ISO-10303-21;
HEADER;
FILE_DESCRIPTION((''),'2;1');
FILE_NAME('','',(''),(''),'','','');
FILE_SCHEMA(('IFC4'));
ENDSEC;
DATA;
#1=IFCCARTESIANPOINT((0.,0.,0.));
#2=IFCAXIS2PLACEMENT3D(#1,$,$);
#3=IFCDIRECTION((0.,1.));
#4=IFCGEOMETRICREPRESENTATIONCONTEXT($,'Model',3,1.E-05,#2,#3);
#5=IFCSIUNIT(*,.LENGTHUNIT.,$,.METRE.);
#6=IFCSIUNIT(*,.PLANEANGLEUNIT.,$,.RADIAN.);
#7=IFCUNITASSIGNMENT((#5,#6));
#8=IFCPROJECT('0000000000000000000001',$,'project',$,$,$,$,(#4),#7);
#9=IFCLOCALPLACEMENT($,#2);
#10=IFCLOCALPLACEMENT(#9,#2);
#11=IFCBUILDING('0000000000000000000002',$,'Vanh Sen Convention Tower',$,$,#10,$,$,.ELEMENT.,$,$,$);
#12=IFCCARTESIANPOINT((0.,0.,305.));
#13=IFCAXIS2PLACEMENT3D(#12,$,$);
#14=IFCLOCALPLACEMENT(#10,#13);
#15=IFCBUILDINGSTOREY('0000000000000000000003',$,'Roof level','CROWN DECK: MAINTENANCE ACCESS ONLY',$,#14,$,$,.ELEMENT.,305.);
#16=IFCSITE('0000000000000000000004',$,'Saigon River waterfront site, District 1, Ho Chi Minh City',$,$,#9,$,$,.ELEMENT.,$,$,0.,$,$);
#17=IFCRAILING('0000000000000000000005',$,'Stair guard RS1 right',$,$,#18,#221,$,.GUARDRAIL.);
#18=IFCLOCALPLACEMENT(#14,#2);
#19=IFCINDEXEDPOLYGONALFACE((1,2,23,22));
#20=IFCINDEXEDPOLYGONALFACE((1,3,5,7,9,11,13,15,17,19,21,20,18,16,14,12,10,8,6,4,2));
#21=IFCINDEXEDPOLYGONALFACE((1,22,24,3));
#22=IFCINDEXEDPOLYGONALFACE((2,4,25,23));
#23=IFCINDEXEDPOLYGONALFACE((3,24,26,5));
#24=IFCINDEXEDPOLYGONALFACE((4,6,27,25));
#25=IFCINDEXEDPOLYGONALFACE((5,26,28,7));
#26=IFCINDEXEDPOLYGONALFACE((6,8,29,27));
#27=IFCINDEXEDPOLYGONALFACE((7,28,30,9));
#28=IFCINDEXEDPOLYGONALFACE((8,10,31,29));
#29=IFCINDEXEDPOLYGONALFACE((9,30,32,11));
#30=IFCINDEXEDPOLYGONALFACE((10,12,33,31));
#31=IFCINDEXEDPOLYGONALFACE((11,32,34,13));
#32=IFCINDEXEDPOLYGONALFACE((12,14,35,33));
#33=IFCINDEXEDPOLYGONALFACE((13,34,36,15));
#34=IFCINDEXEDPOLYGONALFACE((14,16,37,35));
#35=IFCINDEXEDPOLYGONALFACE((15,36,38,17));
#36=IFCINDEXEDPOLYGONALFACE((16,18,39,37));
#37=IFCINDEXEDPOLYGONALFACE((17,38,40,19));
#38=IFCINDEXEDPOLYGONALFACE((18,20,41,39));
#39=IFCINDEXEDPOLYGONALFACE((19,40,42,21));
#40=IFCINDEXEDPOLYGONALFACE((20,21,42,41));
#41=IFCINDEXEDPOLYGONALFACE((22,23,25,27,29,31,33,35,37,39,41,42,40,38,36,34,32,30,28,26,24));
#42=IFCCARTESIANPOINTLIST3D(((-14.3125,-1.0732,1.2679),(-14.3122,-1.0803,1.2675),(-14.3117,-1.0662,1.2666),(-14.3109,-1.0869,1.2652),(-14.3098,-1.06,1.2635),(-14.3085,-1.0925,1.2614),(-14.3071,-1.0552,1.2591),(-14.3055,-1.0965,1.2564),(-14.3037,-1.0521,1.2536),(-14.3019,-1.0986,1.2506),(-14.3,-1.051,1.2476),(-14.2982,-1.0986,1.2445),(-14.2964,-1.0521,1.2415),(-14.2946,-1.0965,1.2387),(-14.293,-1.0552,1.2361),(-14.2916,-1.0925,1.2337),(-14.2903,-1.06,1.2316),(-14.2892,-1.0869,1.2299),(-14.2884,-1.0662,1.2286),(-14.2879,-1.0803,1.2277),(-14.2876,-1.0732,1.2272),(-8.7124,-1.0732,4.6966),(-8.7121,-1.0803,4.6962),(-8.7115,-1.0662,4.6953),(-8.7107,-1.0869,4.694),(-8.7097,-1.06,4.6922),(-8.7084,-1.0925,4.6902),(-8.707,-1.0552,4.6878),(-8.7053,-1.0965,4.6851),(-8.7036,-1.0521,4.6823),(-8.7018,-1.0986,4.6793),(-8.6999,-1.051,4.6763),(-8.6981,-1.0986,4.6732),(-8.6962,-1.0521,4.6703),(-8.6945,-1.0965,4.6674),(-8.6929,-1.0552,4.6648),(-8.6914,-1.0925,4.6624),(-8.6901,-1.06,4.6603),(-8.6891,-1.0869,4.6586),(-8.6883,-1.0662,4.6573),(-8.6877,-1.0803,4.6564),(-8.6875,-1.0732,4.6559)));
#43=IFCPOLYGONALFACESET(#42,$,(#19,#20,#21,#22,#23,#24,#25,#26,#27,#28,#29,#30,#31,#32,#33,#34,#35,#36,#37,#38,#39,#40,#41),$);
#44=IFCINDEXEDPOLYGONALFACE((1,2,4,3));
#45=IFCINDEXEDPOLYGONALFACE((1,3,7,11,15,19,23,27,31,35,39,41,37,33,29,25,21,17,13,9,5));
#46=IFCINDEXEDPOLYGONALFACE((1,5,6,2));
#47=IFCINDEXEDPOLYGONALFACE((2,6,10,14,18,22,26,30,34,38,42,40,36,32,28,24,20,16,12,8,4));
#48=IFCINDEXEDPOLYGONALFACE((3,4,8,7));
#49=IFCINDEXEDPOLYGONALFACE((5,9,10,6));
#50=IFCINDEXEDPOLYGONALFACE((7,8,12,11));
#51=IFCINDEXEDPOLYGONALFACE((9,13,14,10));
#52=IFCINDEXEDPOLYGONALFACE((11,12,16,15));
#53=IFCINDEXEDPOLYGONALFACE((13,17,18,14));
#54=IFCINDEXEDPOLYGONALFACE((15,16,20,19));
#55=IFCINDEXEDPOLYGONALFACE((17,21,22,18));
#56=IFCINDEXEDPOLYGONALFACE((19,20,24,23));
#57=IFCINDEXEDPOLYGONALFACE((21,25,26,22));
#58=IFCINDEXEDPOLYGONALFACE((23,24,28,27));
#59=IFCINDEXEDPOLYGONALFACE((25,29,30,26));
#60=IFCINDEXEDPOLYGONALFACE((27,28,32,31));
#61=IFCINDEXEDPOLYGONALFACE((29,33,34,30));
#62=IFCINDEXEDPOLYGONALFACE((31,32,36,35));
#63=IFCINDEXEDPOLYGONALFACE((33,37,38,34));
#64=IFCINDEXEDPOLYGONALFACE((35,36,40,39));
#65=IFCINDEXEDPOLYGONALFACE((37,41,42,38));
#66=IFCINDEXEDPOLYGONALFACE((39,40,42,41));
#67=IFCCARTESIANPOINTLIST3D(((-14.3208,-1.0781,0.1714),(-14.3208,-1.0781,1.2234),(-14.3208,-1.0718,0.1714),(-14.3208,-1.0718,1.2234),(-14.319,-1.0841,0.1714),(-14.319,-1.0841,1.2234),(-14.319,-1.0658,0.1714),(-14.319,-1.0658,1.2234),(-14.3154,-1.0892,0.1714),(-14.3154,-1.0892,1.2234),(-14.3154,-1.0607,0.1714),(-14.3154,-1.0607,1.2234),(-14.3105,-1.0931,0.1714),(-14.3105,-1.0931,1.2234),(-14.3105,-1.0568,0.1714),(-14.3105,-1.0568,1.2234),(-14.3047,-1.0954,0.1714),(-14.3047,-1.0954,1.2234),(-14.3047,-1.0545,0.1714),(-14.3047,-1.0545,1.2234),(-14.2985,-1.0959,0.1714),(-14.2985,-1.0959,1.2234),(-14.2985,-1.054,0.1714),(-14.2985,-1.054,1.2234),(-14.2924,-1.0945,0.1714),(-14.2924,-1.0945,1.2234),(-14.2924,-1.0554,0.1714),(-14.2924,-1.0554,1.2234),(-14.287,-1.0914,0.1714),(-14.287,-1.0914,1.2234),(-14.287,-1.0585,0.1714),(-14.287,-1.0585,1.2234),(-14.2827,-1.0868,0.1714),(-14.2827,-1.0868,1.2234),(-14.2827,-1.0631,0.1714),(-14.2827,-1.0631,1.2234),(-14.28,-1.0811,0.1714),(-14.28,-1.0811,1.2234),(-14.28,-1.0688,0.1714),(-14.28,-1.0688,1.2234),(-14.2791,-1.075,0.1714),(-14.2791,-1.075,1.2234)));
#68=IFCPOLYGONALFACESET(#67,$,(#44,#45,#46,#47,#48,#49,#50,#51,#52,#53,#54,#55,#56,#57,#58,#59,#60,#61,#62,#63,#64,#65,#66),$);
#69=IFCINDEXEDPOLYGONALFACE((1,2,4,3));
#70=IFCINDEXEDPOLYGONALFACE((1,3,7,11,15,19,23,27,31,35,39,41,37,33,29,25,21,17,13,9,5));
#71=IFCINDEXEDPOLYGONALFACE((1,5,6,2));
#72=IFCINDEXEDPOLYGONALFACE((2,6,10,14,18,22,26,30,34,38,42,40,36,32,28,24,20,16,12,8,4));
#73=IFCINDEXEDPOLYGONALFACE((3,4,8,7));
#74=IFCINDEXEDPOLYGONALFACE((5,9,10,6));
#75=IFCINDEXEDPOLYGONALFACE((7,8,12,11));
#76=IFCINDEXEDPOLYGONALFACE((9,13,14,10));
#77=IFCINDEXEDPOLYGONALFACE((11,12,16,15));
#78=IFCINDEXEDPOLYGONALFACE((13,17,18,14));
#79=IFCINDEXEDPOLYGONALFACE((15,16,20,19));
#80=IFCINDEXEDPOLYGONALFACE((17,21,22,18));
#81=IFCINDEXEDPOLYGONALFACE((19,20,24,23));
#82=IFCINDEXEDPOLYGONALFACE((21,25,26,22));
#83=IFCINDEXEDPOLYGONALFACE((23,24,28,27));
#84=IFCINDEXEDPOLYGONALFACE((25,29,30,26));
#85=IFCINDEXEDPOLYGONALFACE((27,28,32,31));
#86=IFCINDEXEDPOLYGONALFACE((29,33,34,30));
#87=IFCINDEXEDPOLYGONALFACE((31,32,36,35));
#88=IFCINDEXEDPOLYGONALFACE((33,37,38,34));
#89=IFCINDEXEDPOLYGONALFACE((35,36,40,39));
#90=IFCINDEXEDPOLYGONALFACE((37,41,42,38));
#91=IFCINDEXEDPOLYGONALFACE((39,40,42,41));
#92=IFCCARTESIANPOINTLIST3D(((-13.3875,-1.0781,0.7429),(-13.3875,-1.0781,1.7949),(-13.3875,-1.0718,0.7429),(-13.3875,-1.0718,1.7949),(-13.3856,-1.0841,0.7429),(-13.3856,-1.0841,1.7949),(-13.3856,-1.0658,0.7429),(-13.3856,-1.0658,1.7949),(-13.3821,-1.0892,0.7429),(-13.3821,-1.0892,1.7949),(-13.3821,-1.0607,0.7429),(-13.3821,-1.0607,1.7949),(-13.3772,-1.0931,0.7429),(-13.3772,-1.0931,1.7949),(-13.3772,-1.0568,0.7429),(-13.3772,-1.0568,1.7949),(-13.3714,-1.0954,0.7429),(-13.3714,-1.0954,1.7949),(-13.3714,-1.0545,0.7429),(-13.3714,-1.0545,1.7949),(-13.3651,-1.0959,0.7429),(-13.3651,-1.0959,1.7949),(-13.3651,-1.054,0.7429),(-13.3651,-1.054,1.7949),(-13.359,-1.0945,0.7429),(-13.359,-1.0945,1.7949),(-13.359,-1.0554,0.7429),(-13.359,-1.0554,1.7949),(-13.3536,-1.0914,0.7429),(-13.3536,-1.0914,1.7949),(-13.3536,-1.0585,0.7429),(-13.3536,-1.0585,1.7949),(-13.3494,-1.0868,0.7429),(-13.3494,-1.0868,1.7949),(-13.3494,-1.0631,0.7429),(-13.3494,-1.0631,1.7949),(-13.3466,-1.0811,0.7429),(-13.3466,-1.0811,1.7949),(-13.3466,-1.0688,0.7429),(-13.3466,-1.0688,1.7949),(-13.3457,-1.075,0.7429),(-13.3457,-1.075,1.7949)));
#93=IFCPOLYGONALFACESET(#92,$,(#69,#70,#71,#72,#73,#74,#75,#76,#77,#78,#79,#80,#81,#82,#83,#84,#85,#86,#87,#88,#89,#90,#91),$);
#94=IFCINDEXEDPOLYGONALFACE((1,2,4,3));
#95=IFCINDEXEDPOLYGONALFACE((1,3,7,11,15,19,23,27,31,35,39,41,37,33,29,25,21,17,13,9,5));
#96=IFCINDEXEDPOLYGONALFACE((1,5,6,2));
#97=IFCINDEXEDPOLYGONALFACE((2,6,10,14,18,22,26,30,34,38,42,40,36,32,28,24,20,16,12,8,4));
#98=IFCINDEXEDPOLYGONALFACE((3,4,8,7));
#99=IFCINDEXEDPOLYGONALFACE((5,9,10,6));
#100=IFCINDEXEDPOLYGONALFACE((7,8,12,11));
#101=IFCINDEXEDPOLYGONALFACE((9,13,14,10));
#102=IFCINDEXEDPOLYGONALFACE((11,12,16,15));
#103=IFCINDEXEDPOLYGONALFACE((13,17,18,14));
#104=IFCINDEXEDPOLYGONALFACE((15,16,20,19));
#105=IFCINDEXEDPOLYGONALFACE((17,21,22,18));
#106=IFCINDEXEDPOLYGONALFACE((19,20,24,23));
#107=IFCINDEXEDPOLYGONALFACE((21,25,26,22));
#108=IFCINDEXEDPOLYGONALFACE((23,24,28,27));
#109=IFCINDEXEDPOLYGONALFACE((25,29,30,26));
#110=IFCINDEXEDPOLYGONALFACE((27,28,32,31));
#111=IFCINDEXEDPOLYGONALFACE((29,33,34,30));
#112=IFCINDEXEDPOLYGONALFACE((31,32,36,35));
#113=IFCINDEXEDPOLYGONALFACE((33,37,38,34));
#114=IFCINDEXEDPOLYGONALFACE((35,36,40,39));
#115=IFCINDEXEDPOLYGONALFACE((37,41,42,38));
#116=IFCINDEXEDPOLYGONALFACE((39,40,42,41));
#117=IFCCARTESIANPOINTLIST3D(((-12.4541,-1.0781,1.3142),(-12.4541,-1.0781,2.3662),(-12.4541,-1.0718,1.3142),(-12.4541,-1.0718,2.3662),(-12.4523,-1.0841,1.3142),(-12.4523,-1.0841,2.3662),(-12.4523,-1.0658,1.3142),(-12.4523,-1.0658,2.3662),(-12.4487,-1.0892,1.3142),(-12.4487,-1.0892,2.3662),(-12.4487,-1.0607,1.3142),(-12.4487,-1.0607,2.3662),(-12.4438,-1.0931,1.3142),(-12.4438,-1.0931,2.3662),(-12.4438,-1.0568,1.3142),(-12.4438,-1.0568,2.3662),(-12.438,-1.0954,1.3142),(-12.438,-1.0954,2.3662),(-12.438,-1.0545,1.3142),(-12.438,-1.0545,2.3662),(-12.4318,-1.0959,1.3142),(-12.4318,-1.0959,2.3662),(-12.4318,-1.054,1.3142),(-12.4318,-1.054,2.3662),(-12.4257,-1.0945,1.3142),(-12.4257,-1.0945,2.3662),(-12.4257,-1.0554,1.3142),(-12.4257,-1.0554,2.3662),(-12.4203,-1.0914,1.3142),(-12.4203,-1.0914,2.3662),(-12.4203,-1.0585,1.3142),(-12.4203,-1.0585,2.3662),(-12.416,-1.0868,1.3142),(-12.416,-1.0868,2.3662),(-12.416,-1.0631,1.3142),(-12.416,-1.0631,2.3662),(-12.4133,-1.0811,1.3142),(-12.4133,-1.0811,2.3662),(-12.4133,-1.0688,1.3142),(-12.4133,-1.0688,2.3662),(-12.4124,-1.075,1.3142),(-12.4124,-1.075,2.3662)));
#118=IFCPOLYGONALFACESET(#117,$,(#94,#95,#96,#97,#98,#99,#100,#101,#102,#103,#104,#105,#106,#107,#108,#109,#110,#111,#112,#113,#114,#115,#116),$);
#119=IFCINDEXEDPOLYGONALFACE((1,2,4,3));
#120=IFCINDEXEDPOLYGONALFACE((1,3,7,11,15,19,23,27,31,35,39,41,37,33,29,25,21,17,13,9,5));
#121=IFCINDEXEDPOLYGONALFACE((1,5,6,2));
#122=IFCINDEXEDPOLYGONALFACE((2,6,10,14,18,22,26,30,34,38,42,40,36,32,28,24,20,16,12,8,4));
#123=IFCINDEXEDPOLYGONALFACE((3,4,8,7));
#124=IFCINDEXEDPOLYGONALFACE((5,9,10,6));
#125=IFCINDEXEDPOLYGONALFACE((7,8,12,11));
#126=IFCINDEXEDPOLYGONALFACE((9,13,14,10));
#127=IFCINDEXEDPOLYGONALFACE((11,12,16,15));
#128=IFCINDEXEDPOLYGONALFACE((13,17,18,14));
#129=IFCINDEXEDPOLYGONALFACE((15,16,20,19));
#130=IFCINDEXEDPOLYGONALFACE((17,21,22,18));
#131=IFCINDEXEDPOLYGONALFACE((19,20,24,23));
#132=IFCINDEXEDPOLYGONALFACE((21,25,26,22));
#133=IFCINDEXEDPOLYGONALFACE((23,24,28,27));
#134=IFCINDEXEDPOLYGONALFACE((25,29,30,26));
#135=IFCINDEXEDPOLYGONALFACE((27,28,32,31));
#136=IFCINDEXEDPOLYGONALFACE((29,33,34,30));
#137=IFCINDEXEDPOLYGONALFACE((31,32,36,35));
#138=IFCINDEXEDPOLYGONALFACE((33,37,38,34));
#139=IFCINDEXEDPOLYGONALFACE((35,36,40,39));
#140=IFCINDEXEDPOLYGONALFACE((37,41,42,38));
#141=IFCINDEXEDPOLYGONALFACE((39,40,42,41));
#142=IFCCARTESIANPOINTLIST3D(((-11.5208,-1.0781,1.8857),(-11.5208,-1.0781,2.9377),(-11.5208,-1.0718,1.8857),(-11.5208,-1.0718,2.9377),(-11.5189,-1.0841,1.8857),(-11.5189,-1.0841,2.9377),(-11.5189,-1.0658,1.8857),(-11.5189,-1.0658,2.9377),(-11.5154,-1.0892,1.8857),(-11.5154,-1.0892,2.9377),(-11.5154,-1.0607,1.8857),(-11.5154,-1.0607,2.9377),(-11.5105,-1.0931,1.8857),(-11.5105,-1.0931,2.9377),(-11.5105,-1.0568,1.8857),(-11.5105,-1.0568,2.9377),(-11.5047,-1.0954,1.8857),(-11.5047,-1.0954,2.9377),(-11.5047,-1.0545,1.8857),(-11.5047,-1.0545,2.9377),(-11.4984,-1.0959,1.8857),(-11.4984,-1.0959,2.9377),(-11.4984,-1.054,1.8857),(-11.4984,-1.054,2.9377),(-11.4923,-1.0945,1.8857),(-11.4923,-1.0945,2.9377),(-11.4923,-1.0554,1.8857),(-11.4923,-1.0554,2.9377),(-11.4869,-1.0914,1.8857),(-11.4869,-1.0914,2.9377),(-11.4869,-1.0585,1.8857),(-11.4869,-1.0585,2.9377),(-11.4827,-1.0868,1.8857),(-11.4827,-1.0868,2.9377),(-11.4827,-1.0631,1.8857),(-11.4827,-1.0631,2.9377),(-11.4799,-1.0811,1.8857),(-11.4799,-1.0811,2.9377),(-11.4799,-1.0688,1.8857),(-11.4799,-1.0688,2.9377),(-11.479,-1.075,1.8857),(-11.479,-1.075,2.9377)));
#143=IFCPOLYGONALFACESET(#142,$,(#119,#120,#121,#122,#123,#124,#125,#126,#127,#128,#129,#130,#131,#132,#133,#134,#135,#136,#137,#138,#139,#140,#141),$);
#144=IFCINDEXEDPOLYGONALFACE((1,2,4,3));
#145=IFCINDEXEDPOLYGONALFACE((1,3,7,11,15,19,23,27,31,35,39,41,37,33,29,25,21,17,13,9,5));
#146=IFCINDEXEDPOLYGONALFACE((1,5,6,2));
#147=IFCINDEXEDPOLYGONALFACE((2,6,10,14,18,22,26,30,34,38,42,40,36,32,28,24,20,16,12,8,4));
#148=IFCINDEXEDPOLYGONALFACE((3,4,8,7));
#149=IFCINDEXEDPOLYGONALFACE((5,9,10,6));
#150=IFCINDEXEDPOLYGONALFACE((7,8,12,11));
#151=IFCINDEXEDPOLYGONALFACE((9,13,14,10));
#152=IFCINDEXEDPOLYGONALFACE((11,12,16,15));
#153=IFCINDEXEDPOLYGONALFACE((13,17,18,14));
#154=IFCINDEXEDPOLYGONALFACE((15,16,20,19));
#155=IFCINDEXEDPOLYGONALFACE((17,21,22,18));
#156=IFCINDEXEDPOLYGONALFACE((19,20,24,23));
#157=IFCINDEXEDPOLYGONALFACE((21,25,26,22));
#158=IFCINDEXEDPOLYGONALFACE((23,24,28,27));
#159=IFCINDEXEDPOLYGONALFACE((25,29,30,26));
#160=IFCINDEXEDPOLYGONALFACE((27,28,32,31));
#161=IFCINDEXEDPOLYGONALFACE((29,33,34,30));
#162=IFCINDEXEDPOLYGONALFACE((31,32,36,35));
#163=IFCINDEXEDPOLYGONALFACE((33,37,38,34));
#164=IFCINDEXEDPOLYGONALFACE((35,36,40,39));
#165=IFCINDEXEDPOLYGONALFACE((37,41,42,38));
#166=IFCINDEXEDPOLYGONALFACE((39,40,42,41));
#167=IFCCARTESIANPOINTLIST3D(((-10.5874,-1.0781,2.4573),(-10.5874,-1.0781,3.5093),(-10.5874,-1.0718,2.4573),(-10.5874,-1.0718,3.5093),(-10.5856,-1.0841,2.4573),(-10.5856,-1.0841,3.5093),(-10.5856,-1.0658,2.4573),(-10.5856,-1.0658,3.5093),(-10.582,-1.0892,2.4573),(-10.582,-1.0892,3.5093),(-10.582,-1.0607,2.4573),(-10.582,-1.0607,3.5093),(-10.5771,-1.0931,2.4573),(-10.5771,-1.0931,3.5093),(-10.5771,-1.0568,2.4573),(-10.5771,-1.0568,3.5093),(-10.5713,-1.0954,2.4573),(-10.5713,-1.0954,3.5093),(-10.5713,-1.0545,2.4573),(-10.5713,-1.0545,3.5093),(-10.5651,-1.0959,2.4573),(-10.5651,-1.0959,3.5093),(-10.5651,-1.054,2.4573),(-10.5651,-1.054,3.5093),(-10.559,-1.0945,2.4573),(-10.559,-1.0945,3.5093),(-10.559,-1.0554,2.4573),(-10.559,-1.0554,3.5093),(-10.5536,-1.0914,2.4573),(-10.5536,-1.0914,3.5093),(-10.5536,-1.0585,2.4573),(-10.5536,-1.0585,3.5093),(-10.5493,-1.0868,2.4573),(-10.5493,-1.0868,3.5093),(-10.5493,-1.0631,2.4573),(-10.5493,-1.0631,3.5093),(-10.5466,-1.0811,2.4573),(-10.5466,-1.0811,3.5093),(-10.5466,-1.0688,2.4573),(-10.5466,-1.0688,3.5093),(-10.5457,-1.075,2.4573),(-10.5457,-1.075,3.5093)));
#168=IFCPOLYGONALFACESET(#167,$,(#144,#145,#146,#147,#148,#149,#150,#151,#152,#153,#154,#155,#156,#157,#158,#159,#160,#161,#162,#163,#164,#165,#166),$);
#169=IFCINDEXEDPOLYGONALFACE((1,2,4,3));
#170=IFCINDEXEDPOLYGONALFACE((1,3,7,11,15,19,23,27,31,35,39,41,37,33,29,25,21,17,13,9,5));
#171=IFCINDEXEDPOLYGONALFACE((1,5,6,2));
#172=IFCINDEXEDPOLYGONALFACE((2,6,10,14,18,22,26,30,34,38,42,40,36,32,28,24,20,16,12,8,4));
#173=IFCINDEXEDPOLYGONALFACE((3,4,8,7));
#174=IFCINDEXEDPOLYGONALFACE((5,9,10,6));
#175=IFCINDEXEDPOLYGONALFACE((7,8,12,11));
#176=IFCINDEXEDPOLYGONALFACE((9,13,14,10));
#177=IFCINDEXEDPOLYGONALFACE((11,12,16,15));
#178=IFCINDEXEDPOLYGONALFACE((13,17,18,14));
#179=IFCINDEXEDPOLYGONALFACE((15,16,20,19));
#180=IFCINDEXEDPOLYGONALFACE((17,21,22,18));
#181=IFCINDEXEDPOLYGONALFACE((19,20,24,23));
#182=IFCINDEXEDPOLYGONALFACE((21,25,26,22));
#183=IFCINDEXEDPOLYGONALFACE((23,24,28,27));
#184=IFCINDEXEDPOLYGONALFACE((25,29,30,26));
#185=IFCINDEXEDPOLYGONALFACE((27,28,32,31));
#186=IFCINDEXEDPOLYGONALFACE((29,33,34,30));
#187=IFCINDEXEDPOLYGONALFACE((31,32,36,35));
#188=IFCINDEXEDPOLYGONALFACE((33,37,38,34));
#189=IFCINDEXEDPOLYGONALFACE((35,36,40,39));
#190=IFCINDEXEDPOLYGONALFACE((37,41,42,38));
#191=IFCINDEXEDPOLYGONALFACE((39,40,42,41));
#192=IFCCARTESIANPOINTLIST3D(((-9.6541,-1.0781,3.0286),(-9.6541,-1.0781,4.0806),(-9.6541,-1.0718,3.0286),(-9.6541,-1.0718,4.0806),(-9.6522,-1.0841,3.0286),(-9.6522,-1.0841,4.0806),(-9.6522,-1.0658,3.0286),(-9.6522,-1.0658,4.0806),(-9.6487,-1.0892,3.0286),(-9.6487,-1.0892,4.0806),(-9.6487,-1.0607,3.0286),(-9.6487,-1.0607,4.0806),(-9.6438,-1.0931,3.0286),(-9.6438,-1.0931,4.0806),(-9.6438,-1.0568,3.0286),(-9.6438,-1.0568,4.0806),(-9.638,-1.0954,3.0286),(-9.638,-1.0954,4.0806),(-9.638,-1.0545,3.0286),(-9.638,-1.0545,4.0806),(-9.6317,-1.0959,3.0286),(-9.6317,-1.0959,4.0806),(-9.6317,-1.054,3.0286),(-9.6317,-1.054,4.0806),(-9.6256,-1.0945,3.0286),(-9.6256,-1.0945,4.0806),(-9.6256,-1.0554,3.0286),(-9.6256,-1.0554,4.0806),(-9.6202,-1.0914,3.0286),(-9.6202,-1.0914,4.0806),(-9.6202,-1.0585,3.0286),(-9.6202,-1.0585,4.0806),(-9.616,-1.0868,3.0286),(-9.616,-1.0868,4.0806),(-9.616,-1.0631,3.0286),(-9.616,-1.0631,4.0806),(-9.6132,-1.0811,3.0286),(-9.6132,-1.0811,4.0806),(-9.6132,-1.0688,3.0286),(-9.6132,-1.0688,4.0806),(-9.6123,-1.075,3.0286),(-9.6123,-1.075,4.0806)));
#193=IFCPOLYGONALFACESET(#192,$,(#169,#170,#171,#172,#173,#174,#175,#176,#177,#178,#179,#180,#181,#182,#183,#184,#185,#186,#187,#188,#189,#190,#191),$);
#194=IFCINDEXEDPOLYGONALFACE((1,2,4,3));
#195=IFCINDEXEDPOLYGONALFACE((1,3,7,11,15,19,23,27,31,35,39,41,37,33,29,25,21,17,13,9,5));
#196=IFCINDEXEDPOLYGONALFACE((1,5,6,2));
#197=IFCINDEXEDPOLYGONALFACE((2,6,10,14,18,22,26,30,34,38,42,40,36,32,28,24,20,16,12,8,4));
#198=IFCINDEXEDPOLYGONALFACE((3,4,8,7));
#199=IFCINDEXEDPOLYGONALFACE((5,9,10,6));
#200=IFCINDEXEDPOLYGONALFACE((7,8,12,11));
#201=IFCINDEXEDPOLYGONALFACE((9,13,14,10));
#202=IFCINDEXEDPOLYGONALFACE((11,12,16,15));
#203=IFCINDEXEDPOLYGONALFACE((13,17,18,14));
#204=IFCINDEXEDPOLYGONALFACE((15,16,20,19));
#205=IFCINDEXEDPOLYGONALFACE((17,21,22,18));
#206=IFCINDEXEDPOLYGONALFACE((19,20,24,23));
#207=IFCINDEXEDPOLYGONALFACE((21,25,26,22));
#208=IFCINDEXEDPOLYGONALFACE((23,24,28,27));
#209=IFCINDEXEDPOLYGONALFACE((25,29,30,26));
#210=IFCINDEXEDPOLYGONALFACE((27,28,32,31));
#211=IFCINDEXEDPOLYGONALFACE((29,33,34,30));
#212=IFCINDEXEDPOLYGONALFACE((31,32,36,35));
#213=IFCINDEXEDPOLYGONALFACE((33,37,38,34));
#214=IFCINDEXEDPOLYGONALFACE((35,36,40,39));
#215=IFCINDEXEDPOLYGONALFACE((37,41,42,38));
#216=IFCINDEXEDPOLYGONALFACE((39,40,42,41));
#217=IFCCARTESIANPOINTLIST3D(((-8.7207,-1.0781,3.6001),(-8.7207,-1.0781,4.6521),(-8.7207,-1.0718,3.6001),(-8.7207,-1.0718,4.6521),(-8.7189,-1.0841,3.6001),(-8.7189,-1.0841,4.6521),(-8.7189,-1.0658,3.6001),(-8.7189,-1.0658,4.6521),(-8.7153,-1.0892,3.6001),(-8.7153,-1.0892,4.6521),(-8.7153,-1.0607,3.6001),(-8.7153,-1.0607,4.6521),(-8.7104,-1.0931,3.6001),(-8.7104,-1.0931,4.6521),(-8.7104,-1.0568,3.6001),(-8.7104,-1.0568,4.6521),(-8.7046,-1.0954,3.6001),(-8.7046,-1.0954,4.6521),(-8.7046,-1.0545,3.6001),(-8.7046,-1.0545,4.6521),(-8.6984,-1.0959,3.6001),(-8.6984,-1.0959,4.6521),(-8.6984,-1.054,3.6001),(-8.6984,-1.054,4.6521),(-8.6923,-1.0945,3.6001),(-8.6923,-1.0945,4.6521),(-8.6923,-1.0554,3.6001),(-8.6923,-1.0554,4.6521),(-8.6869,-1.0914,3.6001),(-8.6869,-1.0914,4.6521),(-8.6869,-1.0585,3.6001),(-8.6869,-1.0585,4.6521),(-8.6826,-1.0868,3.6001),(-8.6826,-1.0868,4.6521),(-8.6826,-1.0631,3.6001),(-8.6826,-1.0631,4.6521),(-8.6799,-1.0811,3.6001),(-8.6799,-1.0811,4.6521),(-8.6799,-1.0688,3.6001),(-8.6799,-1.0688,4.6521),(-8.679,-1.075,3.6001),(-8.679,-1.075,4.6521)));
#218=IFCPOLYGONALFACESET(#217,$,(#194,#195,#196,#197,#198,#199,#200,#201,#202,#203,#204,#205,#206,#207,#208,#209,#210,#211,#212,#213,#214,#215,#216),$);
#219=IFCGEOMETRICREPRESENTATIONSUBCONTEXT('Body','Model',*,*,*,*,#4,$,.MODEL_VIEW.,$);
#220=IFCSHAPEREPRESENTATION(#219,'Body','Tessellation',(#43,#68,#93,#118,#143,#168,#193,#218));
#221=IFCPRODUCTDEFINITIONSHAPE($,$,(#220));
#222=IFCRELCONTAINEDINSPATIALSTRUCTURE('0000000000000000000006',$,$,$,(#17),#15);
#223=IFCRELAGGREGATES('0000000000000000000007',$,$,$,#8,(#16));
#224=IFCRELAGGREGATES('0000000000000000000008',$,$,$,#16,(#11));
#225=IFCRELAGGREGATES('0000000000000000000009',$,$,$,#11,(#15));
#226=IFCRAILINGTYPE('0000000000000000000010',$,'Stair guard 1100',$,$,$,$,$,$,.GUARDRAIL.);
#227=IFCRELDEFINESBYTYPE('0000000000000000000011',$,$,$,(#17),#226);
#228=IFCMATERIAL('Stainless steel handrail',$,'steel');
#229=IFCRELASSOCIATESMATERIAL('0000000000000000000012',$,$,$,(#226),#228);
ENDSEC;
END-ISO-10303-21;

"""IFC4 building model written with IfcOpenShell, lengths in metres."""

from ifc_helpers import new_model, si_unit, direction, frame, origin, origin_2d, place, context, subcontext, project, spatial, circle, extrude, material, type_object, element, save


model = new_model("IFC4")

# Units and contexts
model_context = context("Model", 3, precision=1e-05, world=origin(), true_north=direction((0.0, 1.0)))
body_context = subcontext(model_context, "Body", "Model", "MODEL_VIEW")
ifc_project = project(units=[si_unit("LENGTHUNIT", "METRE"), si_unit("PLANEANGLEUNIT", "RADIAN")], contexts=[model_context])

# Site, building, storey
site_placement = place(None, origin())
site = spatial("IfcSite", under=ifc_project, at=site_placement, Name="Saigon River waterfront site, District 1, Ho Chi Minh City", CompositionType="ELEMENT", RefElevation=0.0)
building_placement = place(site_placement, origin())
building = spatial("IfcBuilding", under=site, at=building_placement, Name="Vanh Sen Convention Tower", CompositionType="ELEMENT")
storey_placement = place(building_placement, frame((0.0, 0.0, 305.0)))
storey = spatial("IfcBuildingStorey", under=building, at=storey_placement, Name="Roof level", Description="CROWN DECK: MAINTENANCE ACCESS ONLY", CompositionType="ELEMENT", Elevation=305.0)

# Railing
ifc_material_1 = material(Name="Stainless steel handrail", Category="steel")
railing_type_1 = type_object("IfcRailingType", Name="Stair guard 1100", PredefinedType="GUARDRAIL", material=ifc_material_1)
railing_1_placement = place(storey_placement, frame((-14.3, -1.075, 0.1714)))
element("IfcRailing", 1, at=railing_1_placement, inside=storey, type_object=railing_type_1, Name="Stair guard RS1 right", PredefinedType="GUARDRAIL", context=body_context, shape_type="SweptSolid", body=[
    extrude(circle(Radius=0.0239, at=origin_2d()), frame((0.0, 0.0, 1.0762), z_axis=(0.852846, 0.0, 0.522163), x_axis=(0.0, 1.0, 0.0)), (0.0, 0.0, 1.0), 6.5664),
    extrude(circle(Radius=0.021, at=origin_2d()), origin(), (0.0, 0.0, 1.0), 1.052),
    extrude(circle(Radius=0.021, at=origin_2d()), frame((0.9333, 0.0, 0.5715)), (0.0, 0.0, 1.0), 1.052),
    extrude(circle(Radius=0.021, at=origin_2d()), frame((1.8667, 0.0, 1.1428)), (0.0, 0.0, 1.0), 1.052),
    extrude(circle(Radius=0.021, at=origin_2d()), frame((2.8, 0.0, 1.7144)), (0.0, 0.0, 1.0), 1.052),
    extrude(circle(Radius=0.021, at=origin_2d()), frame((3.7334, 0.0, 2.2859)), (0.0, 0.0, 1.0), 1.052),
    extrude(circle(Radius=0.021, at=origin_2d()), frame((4.6667, 0.0, 2.8572)), (0.0, 0.0, 1.0), 1.052),
    extrude(circle(Radius=0.021, at=origin_2d()), frame((5.6001, 0.0, 3.4287)), (0.0, 0.0, 1.0), 1.052),
])

save(model, "model.ifc")
